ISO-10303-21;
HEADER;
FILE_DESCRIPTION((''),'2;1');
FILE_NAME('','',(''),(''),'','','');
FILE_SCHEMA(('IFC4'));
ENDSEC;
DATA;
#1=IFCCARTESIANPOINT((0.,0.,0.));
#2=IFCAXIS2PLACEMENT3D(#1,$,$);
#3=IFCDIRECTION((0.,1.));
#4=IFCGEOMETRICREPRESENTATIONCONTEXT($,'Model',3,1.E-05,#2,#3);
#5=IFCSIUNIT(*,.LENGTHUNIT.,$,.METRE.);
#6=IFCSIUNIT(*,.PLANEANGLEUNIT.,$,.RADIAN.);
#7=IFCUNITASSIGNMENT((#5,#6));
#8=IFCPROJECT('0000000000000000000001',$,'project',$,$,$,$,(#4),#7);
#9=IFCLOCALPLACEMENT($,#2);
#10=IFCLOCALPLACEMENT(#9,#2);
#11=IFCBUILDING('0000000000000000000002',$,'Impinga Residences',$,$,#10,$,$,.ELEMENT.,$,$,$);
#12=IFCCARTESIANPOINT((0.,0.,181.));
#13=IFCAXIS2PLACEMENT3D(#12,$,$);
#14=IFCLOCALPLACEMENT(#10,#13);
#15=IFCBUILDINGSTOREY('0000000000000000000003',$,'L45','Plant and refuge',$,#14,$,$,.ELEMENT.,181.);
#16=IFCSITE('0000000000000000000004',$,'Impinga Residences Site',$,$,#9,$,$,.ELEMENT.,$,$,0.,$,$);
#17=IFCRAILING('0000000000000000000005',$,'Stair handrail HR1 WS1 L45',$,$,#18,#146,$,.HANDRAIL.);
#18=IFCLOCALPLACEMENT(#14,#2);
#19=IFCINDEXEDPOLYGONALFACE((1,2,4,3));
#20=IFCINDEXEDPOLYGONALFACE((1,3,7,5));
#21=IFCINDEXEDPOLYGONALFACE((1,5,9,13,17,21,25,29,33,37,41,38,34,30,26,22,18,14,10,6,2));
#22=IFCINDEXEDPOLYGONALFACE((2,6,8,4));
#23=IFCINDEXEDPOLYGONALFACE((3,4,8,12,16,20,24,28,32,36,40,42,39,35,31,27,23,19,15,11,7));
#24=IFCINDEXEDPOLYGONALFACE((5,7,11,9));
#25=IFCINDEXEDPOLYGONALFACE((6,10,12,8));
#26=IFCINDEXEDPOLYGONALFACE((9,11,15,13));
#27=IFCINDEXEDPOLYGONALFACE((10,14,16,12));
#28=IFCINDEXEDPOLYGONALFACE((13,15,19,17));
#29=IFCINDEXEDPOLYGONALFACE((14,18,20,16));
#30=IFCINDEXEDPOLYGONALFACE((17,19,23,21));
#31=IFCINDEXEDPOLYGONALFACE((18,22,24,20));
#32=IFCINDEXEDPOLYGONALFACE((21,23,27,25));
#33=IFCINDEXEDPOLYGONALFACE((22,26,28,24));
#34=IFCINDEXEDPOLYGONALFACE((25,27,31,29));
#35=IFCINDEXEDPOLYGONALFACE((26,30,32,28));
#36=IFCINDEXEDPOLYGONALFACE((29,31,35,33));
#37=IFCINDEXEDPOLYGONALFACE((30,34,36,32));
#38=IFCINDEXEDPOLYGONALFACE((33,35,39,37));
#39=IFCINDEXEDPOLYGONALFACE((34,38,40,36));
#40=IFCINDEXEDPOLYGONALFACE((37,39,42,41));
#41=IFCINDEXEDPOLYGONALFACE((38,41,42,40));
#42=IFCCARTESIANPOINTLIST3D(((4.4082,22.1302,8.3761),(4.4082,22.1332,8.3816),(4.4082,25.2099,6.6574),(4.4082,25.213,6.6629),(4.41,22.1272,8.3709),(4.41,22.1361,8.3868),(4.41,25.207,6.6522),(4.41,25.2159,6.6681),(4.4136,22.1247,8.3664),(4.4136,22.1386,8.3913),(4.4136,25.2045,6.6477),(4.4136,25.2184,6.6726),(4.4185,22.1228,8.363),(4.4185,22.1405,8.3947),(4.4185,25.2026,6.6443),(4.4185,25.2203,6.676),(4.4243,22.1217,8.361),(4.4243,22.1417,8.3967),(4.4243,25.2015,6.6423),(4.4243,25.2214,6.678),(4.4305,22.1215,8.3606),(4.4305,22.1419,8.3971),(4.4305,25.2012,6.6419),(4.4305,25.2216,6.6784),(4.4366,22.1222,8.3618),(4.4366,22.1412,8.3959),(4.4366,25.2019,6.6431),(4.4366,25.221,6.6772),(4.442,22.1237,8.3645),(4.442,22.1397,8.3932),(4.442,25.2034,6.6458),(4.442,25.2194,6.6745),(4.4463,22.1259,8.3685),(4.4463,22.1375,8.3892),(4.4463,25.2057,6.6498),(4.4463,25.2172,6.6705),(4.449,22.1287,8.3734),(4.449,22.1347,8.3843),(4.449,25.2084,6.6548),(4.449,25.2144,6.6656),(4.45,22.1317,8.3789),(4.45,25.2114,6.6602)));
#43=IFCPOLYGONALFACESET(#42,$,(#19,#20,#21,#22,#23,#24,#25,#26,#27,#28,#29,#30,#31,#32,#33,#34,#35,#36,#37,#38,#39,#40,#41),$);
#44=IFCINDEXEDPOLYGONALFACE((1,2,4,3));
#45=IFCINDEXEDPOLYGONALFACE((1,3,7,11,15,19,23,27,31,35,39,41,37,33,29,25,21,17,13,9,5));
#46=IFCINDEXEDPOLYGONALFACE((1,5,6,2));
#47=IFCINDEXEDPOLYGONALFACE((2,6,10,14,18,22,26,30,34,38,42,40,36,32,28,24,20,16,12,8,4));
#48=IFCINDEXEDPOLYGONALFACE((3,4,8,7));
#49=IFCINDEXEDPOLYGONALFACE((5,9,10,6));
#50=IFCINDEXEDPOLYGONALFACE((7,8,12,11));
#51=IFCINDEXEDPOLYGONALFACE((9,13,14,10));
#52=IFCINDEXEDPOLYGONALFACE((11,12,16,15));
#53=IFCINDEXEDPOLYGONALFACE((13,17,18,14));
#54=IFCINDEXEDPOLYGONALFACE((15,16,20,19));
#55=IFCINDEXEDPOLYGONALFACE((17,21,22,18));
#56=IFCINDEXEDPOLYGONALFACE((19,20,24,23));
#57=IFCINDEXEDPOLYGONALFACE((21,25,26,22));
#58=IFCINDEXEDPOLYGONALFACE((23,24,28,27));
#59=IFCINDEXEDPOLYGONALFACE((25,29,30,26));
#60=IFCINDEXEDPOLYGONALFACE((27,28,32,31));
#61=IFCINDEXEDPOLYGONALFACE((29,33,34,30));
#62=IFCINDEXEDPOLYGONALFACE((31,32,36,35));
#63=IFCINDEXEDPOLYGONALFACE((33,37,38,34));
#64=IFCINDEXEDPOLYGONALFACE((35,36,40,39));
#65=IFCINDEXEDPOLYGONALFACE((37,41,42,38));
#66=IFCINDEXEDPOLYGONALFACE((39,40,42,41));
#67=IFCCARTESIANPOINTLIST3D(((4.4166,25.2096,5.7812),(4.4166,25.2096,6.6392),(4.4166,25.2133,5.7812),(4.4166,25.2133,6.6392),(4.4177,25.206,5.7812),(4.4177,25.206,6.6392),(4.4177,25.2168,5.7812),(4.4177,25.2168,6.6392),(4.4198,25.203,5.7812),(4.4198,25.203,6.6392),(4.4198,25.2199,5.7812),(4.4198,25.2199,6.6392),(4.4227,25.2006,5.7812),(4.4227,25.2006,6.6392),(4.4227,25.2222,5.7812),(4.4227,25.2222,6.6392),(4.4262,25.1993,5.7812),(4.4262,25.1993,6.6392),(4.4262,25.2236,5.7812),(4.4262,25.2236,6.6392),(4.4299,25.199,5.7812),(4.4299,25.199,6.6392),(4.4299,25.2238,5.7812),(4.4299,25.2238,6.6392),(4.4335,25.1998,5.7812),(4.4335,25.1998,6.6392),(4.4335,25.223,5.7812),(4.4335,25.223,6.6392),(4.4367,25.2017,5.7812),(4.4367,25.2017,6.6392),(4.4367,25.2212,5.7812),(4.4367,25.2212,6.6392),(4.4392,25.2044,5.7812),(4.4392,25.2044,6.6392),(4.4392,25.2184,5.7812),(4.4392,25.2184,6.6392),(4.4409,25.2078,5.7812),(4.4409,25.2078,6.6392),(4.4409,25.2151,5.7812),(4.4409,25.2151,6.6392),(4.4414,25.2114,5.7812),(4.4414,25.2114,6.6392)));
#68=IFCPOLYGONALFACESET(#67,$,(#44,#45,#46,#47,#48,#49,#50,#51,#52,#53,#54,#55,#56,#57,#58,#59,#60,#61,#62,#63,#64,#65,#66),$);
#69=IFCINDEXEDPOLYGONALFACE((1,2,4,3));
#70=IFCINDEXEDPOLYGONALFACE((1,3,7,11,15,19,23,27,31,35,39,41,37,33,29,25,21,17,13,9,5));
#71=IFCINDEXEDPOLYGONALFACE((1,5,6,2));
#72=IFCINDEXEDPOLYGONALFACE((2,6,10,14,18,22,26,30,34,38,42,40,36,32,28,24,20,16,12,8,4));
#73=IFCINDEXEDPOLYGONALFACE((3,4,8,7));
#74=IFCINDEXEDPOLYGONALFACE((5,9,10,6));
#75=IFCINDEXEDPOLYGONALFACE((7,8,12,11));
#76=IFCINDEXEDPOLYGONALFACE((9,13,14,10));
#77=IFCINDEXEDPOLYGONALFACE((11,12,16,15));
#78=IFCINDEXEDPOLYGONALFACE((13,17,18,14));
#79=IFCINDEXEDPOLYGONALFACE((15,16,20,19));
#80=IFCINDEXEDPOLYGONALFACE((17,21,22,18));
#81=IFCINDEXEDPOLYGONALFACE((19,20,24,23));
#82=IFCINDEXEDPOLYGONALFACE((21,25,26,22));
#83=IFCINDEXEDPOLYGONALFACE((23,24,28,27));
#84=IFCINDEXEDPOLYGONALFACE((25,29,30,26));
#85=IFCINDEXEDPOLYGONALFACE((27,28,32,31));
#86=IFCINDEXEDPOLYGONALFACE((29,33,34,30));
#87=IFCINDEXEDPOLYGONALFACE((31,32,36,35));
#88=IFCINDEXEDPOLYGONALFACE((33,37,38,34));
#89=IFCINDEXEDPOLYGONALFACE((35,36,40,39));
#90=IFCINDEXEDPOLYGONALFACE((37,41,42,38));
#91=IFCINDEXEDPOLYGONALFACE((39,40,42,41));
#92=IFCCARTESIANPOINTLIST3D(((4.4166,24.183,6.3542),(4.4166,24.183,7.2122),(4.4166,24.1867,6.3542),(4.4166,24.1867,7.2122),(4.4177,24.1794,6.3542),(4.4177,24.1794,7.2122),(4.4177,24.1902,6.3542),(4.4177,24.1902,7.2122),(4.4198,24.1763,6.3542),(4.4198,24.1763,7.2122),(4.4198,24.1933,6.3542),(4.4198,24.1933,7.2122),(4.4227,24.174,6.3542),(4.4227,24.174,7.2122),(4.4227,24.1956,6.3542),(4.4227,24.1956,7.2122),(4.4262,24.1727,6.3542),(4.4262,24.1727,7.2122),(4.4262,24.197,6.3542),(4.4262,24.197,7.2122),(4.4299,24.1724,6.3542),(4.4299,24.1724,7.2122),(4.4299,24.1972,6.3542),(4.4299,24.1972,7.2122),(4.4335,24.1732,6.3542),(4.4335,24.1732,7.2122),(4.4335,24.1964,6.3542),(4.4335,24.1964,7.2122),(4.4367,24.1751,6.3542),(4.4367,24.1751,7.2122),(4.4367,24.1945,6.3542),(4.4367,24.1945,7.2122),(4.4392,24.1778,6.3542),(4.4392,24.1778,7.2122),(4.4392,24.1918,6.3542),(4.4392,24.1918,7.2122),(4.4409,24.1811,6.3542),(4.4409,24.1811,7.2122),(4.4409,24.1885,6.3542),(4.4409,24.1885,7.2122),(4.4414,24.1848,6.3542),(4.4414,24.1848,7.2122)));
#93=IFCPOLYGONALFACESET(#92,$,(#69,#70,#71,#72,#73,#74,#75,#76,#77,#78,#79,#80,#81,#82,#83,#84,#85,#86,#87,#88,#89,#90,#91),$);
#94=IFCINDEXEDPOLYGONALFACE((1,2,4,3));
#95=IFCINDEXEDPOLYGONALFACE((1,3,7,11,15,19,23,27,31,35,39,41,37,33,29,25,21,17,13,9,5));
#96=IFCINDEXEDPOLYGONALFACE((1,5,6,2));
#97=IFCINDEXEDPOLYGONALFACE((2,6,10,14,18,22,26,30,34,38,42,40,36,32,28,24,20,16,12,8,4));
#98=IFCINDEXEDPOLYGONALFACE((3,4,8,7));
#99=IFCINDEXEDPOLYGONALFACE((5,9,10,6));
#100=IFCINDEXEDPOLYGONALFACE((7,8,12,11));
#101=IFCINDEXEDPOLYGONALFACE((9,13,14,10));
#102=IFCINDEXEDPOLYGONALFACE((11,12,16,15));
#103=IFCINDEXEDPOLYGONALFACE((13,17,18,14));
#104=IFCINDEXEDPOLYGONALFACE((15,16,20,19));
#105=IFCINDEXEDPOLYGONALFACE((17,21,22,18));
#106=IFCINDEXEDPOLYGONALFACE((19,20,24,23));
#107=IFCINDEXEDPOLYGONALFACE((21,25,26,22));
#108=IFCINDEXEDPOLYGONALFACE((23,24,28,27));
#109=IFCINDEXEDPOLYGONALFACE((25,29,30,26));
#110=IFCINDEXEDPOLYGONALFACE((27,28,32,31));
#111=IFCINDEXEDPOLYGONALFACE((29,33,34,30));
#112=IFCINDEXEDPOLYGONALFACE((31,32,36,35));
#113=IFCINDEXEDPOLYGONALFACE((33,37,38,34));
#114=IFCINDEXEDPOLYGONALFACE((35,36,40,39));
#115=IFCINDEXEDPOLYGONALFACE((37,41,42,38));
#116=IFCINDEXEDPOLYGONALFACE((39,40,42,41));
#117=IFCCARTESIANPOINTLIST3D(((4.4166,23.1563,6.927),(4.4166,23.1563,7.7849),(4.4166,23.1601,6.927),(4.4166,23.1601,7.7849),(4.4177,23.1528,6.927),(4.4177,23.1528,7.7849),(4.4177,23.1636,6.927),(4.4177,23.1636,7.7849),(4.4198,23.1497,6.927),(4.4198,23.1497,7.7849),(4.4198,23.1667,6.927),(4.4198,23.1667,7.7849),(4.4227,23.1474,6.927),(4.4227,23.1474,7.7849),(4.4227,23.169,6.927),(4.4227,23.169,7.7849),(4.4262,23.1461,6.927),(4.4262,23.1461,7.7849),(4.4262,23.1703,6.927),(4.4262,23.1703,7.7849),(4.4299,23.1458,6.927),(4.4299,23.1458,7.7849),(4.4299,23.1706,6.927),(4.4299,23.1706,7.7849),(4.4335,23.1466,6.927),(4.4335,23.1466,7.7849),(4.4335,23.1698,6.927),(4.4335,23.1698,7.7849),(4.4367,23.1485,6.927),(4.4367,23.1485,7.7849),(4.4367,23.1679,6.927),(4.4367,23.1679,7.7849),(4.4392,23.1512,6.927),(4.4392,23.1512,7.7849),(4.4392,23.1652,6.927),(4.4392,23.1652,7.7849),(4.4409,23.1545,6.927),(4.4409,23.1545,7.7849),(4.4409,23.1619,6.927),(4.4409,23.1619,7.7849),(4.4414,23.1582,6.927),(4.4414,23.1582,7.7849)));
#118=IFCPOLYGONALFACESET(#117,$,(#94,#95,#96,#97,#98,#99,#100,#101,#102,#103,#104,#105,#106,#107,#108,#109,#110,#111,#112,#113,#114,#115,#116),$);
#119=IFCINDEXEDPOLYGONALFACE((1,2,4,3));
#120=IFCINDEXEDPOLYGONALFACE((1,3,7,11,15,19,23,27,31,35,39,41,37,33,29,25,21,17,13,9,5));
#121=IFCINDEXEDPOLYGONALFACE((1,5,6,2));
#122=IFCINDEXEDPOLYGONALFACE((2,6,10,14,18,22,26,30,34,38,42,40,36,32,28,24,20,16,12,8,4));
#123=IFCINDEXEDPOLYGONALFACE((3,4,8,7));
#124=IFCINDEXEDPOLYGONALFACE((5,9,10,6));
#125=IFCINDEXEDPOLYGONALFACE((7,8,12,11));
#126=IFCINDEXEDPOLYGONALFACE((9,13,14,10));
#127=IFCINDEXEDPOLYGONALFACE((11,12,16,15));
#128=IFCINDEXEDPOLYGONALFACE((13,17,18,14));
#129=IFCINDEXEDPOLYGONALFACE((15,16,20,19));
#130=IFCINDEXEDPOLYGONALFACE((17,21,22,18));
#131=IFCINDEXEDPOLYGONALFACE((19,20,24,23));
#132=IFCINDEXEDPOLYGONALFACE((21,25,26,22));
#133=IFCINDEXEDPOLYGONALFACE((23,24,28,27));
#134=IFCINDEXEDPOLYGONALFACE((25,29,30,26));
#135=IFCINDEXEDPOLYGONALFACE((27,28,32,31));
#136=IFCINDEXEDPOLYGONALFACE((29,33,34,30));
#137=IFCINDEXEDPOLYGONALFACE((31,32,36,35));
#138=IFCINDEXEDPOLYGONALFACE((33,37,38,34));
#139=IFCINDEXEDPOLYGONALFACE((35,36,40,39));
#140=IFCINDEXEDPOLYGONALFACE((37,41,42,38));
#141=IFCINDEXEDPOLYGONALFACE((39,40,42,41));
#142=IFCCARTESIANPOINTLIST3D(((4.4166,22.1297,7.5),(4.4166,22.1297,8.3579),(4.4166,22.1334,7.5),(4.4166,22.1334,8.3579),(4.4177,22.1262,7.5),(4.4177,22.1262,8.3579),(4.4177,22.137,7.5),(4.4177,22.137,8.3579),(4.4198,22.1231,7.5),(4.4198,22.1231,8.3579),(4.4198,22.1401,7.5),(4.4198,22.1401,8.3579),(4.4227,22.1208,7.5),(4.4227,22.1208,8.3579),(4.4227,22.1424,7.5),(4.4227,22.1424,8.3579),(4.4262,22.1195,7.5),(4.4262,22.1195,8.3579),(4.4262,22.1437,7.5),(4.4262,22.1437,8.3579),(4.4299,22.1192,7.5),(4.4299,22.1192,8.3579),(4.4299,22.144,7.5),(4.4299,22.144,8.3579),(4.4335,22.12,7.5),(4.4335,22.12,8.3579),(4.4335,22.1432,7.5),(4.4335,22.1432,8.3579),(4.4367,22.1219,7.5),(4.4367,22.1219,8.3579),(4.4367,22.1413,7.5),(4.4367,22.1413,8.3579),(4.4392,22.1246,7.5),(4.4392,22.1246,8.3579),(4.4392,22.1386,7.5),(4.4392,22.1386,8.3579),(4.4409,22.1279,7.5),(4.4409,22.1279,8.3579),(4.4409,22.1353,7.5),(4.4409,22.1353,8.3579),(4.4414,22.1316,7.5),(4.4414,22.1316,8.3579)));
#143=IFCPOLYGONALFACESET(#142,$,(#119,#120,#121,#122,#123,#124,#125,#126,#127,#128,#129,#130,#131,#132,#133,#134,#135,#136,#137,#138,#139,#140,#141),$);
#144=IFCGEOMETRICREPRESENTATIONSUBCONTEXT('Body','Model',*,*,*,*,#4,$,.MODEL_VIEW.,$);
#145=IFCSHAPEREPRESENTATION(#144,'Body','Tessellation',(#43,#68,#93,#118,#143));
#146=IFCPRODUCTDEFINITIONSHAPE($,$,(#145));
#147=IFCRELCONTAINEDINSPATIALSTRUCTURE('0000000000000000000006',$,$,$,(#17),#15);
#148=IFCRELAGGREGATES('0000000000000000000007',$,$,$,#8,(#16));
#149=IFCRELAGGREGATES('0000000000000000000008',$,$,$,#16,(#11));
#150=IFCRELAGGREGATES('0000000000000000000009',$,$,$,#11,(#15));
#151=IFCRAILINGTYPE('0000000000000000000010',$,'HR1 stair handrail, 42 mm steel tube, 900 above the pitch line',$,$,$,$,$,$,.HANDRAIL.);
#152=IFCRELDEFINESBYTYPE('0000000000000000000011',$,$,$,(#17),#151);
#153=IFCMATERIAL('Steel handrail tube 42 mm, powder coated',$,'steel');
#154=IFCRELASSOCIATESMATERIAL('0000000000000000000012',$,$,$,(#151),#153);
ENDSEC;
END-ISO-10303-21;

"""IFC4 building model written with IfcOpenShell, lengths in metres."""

from ifc_helpers import new_model, si_unit, direction, frame, origin, origin_2d, place, context, subcontext, project, spatial, circle, extrude, material, type_object, element, save


model = new_model("IFC4")

# Units and contexts
model_context = context("Model", 3, precision=1e-05, world=origin(), true_north=direction((0.0, 1.0)))
body_context = subcontext(model_context, "Body", "Model", "MODEL_VIEW")
ifc_project = project(units=[si_unit("LENGTHUNIT", "METRE"), si_unit("PLANEANGLEUNIT", "RADIAN")], contexts=[model_context])

# Site, building, storey
site_placement = place(None, origin())
site = spatial("IfcSite", under=ifc_project, at=site_placement, Name="Impinga Residences Site", CompositionType="ELEMENT", RefElevation=0.0)
building_placement = place(site_placement, origin())
building = spatial("IfcBuilding", under=site, at=building_placement, Name="Impinga Residences", CompositionType="ELEMENT")
storey_placement = place(building_placement, frame((0.0, 0.0, 181.0)))
storey = spatial("IfcBuildingStorey", under=building, at=storey_placement, Name="L45", Description="Plant and refuge", CompositionType="ELEMENT", Elevation=181.0)

# Railing
ifc_material_1 = material(Name="Steel handrail tube 42 mm, powder coated", Category="steel")
railing_type_1 = type_object("IfcRailingType", Name="HR1 stair handrail, 42 mm steel tube, 900 above the pitch line", PredefinedType="HANDRAIL", material=ifc_material_1)
for number, where, name in (
    (1, (4.429, 25.2114, 5.7812), "Stair handrail HR1 WS1 L45"),
):
    element("IfcRailing", number, at=place(storey_placement, frame(where)), inside=storey, type_object=railing_type_1, Name=name, PredefinedType="HANDRAIL", context=body_context, shape_type="SweptSolid", body=[
        extrude(circle(Radius=0.021, at=origin_2d()), frame((0.0, 0.0, 0.8789), z_axis=(0.0, -0.873225, 0.487317), x_axis=(1.0, 0.0, 0.0)), (0.0, 0.0, 1.0), 3.5269),
        extrude(circle(Radius=0.0125, at=origin_2d()), origin(), (0.0, 0.0, 1.0), 0.8579),
        extrude(circle(Radius=0.0125, at=origin_2d()), frame((0.0, -1.0266, 0.573)), (0.0, 0.0, 1.0), 0.8579),
        extrude(circle(Radius=0.0125, at=origin_2d()), frame((0.0, -2.0532, 1.1458)), (0.0, 0.0, 1.0), 0.8579),
        extrude(circle(Radius=0.0125, at=origin_2d()), frame((0.0, -3.0798, 1.7188)), (0.0, 0.0, 1.0), 0.8579),
    ])

save(model, "model.ifc")
